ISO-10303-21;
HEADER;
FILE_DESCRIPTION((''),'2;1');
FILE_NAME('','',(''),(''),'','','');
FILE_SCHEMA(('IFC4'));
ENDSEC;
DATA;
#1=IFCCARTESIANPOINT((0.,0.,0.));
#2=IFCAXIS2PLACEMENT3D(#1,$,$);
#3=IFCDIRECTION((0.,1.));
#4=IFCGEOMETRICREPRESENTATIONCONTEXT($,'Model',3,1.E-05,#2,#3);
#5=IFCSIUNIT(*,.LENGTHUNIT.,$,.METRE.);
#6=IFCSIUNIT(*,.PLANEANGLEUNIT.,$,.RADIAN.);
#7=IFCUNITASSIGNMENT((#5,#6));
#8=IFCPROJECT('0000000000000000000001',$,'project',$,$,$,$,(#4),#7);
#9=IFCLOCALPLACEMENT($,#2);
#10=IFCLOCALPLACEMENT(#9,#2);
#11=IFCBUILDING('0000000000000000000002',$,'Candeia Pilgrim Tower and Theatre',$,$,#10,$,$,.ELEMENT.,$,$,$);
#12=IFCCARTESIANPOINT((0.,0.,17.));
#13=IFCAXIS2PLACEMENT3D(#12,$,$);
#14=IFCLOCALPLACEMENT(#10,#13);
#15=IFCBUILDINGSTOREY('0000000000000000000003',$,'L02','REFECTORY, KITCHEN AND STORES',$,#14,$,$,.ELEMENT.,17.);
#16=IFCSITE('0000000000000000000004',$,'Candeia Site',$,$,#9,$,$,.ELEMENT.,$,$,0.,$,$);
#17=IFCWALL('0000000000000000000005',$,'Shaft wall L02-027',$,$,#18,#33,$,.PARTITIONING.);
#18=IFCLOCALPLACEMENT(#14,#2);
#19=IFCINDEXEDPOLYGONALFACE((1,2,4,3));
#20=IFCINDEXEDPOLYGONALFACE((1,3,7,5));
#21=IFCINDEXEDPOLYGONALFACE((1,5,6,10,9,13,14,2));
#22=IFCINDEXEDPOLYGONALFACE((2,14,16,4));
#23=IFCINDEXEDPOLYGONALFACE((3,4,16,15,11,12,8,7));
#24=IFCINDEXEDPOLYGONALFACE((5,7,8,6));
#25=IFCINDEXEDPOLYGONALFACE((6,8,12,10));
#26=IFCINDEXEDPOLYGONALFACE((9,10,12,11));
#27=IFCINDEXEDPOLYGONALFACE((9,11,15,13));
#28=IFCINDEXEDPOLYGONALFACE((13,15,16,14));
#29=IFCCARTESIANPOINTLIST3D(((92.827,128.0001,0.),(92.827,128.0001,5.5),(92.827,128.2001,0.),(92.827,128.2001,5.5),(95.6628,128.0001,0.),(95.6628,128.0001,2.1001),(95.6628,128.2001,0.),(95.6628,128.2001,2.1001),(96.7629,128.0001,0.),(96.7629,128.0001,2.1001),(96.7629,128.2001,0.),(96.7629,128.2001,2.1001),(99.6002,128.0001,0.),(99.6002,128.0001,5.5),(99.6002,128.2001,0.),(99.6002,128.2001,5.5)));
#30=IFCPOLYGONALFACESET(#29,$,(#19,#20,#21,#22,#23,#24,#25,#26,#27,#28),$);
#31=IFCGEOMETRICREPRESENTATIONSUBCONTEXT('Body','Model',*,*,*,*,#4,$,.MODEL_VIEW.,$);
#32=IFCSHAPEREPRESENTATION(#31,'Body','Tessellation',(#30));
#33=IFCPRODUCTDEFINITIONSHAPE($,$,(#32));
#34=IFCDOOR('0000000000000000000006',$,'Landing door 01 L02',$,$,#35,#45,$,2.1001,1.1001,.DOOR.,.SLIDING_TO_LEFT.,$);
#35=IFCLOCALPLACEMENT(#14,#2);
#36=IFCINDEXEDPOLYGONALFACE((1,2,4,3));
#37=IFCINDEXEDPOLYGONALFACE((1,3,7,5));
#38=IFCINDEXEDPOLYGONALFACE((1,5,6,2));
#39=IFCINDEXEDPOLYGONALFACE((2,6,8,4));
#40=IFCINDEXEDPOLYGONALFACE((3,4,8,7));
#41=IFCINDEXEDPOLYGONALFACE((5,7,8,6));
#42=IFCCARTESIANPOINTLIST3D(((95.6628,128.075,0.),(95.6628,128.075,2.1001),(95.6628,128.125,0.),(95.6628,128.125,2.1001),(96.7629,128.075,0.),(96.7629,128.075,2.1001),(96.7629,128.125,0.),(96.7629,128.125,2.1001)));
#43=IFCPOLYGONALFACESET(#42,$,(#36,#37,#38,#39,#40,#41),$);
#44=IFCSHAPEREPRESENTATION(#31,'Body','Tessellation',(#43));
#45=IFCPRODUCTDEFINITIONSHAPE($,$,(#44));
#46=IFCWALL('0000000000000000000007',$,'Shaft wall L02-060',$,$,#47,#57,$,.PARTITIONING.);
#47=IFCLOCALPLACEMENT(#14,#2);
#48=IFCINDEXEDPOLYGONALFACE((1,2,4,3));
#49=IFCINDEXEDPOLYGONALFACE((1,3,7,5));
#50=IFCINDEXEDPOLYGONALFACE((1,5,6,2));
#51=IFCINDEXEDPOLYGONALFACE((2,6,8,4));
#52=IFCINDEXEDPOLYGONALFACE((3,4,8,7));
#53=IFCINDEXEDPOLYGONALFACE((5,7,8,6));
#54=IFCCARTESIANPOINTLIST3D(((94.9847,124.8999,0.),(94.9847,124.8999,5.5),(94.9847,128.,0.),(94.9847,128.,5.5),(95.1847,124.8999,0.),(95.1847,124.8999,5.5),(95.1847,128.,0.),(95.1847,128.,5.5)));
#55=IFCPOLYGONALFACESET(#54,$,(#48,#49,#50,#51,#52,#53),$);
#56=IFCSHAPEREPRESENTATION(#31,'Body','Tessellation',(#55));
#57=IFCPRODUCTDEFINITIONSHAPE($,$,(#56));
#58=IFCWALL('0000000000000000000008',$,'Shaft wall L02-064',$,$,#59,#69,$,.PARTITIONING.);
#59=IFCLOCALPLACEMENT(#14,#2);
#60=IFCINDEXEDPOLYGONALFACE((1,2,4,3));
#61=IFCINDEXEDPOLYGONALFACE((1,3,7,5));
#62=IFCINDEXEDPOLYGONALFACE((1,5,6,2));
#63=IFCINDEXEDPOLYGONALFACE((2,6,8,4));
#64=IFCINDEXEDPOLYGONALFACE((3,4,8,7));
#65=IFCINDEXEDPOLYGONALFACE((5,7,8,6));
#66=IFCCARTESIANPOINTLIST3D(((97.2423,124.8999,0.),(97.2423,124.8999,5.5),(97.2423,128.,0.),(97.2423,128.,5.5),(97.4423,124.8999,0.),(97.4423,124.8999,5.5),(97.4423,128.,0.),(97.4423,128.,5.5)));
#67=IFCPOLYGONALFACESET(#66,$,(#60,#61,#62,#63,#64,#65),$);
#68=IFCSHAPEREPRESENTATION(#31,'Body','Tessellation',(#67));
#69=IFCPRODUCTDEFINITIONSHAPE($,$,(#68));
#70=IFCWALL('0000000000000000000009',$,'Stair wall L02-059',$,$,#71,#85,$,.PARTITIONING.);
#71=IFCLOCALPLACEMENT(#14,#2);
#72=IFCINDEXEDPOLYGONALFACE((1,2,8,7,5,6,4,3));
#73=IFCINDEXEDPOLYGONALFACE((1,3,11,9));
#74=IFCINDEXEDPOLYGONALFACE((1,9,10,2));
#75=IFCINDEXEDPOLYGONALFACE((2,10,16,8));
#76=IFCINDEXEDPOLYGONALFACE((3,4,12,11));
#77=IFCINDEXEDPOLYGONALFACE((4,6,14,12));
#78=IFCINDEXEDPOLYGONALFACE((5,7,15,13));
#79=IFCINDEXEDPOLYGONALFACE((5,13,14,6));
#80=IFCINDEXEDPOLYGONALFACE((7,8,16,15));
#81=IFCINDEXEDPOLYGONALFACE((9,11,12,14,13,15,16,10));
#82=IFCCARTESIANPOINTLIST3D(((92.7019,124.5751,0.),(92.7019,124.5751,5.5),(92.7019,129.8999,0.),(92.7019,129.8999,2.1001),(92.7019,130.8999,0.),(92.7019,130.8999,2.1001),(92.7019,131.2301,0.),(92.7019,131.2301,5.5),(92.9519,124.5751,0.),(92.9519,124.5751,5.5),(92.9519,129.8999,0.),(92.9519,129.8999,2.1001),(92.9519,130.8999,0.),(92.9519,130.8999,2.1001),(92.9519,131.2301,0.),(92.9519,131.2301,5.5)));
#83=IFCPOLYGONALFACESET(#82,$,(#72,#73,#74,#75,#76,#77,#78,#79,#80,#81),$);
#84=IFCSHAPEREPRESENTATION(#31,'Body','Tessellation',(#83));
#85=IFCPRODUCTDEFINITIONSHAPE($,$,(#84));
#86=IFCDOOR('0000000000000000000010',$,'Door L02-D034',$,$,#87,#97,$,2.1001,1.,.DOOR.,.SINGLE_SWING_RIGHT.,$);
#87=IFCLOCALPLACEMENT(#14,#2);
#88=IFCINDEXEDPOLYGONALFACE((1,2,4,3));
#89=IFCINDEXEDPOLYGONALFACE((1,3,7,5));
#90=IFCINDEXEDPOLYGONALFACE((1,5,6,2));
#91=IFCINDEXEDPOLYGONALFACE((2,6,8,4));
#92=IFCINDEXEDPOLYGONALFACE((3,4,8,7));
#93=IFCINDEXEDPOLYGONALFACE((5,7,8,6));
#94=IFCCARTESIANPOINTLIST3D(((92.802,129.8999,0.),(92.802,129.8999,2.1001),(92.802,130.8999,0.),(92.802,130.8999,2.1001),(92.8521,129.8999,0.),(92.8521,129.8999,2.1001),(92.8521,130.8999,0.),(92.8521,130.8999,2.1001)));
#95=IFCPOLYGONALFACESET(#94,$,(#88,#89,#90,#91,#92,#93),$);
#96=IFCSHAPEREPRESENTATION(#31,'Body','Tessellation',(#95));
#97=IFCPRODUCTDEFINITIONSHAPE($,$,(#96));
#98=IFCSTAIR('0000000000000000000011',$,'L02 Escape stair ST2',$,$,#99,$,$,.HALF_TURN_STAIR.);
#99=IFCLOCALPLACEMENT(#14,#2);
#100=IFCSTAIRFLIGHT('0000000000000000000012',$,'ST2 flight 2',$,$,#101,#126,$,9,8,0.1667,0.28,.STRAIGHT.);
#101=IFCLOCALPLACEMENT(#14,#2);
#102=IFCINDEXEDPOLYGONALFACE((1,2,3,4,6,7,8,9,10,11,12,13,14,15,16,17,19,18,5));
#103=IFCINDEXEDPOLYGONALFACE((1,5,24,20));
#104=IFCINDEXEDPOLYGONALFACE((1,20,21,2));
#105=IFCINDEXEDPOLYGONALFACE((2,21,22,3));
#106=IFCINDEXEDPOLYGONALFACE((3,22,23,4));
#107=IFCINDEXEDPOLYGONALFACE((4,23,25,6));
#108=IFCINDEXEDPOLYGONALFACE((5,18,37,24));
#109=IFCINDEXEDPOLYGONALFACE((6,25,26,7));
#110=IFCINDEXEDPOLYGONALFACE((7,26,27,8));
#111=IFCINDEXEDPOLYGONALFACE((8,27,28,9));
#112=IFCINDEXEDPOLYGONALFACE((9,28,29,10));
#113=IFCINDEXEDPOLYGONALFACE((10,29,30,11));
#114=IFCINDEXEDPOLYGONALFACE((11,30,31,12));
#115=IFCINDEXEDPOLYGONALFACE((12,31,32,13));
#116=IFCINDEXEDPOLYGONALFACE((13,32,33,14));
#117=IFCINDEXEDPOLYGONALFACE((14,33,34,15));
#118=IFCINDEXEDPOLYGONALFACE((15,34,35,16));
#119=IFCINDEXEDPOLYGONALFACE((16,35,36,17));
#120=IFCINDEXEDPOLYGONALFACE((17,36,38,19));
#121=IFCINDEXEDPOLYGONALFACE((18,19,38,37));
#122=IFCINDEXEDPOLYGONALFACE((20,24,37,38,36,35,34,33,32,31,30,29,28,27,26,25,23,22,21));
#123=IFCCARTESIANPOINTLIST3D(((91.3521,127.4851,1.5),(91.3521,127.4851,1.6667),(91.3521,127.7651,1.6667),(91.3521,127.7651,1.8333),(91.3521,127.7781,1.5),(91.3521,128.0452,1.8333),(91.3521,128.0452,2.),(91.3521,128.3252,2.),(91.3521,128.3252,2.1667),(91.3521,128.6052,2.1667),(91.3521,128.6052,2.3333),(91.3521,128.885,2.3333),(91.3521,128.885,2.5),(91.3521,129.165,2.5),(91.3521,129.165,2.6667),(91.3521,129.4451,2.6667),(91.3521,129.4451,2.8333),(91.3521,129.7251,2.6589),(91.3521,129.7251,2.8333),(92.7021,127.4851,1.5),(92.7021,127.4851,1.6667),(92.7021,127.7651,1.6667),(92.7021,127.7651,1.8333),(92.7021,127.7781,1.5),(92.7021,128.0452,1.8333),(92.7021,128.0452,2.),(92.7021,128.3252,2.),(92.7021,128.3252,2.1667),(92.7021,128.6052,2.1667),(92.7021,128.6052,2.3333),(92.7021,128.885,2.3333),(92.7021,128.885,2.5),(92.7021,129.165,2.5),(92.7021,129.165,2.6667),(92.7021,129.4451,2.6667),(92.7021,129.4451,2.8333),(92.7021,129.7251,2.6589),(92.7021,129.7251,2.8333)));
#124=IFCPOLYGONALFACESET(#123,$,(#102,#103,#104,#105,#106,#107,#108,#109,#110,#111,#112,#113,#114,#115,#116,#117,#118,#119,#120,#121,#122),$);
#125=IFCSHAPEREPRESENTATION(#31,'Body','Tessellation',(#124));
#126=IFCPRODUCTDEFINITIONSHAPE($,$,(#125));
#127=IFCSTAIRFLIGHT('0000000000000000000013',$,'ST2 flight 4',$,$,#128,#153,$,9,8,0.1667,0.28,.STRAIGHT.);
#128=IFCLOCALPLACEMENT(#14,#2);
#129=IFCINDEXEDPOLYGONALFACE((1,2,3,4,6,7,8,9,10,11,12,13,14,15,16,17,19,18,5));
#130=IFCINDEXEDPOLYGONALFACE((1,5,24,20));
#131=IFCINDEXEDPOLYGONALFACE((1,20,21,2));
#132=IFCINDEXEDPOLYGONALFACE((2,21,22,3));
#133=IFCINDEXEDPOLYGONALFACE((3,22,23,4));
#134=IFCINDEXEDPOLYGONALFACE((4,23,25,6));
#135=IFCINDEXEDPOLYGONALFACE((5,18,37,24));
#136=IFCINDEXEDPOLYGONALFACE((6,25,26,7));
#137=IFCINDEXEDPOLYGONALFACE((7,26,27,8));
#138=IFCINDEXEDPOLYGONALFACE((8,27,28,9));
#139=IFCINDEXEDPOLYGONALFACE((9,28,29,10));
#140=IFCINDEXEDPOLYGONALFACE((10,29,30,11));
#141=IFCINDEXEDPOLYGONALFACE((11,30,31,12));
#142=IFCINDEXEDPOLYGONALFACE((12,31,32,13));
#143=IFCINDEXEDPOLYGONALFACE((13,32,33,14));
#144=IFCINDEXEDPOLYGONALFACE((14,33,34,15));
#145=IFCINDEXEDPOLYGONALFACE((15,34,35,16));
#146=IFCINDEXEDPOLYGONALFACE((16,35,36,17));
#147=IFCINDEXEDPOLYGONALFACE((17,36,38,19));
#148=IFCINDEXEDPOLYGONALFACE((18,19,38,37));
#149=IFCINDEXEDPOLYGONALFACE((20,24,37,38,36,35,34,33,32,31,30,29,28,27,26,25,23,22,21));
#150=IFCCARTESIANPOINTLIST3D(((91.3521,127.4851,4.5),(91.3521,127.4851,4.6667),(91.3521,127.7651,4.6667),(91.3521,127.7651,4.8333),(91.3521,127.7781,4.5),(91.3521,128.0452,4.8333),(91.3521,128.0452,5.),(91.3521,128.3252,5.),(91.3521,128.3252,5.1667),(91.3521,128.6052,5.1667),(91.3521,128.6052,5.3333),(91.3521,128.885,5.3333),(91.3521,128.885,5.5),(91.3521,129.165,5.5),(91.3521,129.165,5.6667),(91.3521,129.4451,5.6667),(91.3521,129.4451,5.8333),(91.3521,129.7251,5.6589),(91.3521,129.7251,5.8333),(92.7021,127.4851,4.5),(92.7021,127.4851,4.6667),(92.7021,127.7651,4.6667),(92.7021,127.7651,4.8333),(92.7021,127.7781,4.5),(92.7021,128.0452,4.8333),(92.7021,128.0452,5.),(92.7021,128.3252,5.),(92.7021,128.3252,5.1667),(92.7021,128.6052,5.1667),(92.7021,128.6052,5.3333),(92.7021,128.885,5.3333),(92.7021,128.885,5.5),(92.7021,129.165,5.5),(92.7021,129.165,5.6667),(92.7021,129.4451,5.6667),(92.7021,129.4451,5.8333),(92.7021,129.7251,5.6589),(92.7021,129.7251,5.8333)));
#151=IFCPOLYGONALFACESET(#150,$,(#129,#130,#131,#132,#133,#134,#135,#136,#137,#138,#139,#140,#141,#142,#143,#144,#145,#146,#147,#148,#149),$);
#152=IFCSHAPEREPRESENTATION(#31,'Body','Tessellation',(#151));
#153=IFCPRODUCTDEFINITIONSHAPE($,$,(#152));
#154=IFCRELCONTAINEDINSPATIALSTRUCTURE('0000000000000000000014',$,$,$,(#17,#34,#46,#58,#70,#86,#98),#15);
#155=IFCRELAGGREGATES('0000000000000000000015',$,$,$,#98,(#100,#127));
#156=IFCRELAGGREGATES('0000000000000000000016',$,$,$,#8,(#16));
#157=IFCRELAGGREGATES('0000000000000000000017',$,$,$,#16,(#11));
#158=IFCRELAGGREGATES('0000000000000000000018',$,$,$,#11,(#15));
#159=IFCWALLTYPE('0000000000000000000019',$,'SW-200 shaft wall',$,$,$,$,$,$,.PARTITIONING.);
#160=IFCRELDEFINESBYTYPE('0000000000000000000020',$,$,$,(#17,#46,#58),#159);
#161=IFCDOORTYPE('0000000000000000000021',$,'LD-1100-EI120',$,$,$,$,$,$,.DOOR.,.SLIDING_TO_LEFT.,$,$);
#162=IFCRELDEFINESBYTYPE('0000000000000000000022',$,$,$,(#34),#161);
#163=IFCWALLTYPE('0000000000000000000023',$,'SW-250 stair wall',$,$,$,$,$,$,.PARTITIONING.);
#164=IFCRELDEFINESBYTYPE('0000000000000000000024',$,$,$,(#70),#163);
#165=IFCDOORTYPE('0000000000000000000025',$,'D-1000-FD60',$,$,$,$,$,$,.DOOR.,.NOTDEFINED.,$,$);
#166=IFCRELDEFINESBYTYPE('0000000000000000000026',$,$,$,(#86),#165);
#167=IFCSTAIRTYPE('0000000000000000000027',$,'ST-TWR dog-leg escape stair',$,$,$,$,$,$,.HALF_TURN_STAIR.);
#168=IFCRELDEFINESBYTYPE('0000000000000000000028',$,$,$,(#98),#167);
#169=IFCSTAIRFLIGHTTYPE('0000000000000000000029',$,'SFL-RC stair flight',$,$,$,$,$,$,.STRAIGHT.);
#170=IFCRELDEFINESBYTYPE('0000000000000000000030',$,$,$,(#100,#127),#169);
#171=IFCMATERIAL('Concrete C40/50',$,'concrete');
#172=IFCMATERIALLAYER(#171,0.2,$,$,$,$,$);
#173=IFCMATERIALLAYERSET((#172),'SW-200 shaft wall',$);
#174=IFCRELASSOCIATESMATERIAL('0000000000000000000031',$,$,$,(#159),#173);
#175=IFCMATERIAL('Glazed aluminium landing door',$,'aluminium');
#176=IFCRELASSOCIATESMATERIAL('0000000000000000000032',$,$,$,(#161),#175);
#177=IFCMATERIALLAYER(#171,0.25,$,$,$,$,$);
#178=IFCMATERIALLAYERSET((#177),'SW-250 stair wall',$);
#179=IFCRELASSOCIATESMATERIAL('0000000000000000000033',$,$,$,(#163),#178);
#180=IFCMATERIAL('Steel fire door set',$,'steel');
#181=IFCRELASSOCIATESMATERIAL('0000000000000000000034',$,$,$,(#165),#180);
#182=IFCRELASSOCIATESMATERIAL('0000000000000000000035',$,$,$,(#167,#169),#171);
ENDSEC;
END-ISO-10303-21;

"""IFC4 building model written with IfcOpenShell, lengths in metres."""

from ifc_helpers import new_model, si_unit, direction, frame, frame_2d, origin, place, context, subcontext, project, spatial, polyline, rectangle, outline, extrude, material, layer, layer_set, type_object, element, fill, aggregate, save


model = new_model("IFC4")

# Units and contexts
model_context = context("Model", 3, precision=1e-05, world=origin(), true_north=direction((0.0, 1.0)))
body_context = subcontext(model_context, "Body", "Model", "MODEL_VIEW")
ifc_project = project(units=[si_unit("LENGTHUNIT", "METRE"), si_unit("PLANEANGLEUNIT", "RADIAN")], contexts=[model_context])

# Site, building, storey
site_placement = place(None, origin())
site = spatial("IfcSite", under=ifc_project, at=site_placement, Name="Candeia Site", CompositionType="ELEMENT", RefElevation=0.0)
building_placement = place(site_placement, origin())
building = spatial("IfcBuilding", under=site, at=building_placement, Name="Candeia Pilgrim Tower and Theatre", CompositionType="ELEMENT")
storey_placement = place(building_placement, frame((0.0, 0.0, 17.0)))
storey = spatial("IfcBuildingStorey", under=building, at=storey_placement, Name="L02", Description="REFECTORY, KITCHEN AND STORES", CompositionType="ELEMENT", Elevation=17.0)

# Shared definitions
ifc_material_1 = material(Name="Steel fire door set", Category="steel")

# Wall, opening, door
ifc_material_2 = material(Name="Concrete C40/50", Category="concrete")
ifc_layer_1 = layer(ifc_material_2, 0.2)
ifc_layer_set_1 = layer_set([ifc_layer_1], Name="SW-200 shaft wall")
wall_type_1 = type_object("IfcWallType", Name="SW-200 shaft wall", PredefinedType="PARTITIONING", material=ifc_layer_set_1)
ifc_material_3 = material(Name="Glazed aluminium landing door", Category="aluminium")
door_type_1 = type_object("IfcDoorType", Name="LD-1100-EI120", OperationType="SLIDING_TO_LEFT", PredefinedType="DOOR", material=ifc_material_3)
wall_1_placement = place(storey_placement, frame((92.8269, 128.1001, 0.0), z_axis=(0.0, 0.0, 1.0), x_axis=(1.0, 0.0, 0.0)))
wall_1 = element("IfcWall", 1, at=wall_1_placement, inside=storey, type_object=wall_type_1, Name="Shaft wall L02-027", PredefinedType="PARTITIONING", context=body_context, shape_type="SweptSolid", body=[
    extrude(rectangle(XDim=6.7732, YDim=0.2, at=frame_2d((3.3867, 0.0))), origin(), (0.0, 0.0, 1.0), 5.5),
])
opening_1_placement = place(wall_1_placement, frame((2.8359, 0.0, 0.0)))
opening_1 = element("IfcOpeningElement", 2, at=opening_1_placement, cuts=wall_1, PredefinedType="OPENING", context=body_context, shape_type="SweptSolid", body=[
    extrude(rectangle(XDim=1.1001, YDim=2.1001, at=frame_2d((0.55, 1.05))), frame((0.0, 0.1099, 0.0), z_axis=(0.0, -1.0, 0.0), x_axis=(1.0, 0.0, 0.0)), (0.0, 0.0, 1.0), 0.22),
])
door_1_placement = place(opening_1_placement, origin())
door_1 = element("IfcDoor", 3, at=door_1_placement, inside=storey, type_object=door_type_1, Name="Landing door 01 L02", OperationType="SLIDING_TO_LEFT", OverallHeight=2.1001, OverallWidth=1.1001, PredefinedType="DOOR", context=body_context, shape_type="SweptSolid", body=[
    extrude(rectangle(XDim=1.1001, YDim=2.1001, at=frame_2d((0.55, 1.05))), frame((0.0, 0.0249, 0.0), z_axis=(0.0, -1.0, 0.0), x_axis=(1.0, 0.0, 0.0)), (0.0, 0.0, 1.0), 0.05),
])
fill(opening_1, door_1)

# Walls
for number, where, z_axis, x_axis, name in (
    (4, (95.0847, 124.8999, 0.0), (0.0, 0.0, 1.0), (0.0, 1.0, 0.0), "Shaft wall L02-060"),
    (5, (97.3423, 124.8999, 0.0), (0.0, 0.0, 1.0), (0.0, 1.0, 0.0), "Shaft wall L02-064"),
):
    element("IfcWall", number, at=place(storey_placement, frame(where, z_axis=z_axis, x_axis=x_axis)), inside=storey, type_object=wall_type_1, Name=name, PredefinedType="PARTITIONING", context=body_context, shape_type="SweptSolid", body=[
        extrude(rectangle(XDim=3.1001, YDim=0.2, at=frame_2d((1.55, 0.0))), origin(), (0.0, 0.0, 1.0), 5.5),
    ])

# Wall, opening, door
ifc_layer_2 = layer(ifc_material_2, 0.25)
ifc_layer_set_2 = layer_set([ifc_layer_2], Name="SW-250 stair wall")
wall_type_2 = type_object("IfcWallType", Name="SW-250 stair wall", PredefinedType="PARTITIONING", material=ifc_layer_set_2)
wall_2_placement = place(storey_placement, frame((92.8269, 124.575, 0.0), z_axis=(0.0, 0.0, 1.0), x_axis=(0.0, 1.0, 0.0)))
wall_2 = element("IfcWall", 6, at=wall_2_placement, inside=storey, type_object=wall_type_2, Name="Stair wall L02-059", PredefinedType="PARTITIONING", context=body_context, shape_type="SweptSolid", body=[
    extrude(rectangle(XDim=6.655, YDim=0.25, at=frame_2d((3.3276, 0.0))), origin(), (0.0, 0.0, 1.0), 5.5),
])
opening_2_placement = place(wall_2_placement, frame((5.325, 0.0, 0.0)))
opening_2 = element("IfcOpeningElement", 7, at=opening_2_placement, cuts=wall_2, PredefinedType="OPENING", context=body_context, shape_type="SweptSolid", body=[
    extrude(rectangle(XDim=1.0, YDim=2.1001, at=frame_2d((0.5, 1.05))), frame((0.0, 0.135, 0.0), z_axis=(0.0, -1.0, 0.0), x_axis=(1.0, 0.0, 0.0)), (0.0, 0.0, 1.0), 0.27),
])
door_type_2 = type_object("IfcDoorType", Name="D-1000-FD60", OperationType="NOTDEFINED", PredefinedType="DOOR", material=ifc_material_1)
door_2_placement = place(opening_2_placement, origin())
door_2 = element("IfcDoor", 8, at=door_2_placement, inside=storey, type_object=door_type_2, Name="Door L02-D034", OperationType="SINGLE_SWING_RIGHT", OverallHeight=2.1001, OverallWidth=1.0, PredefinedType="DOOR", context=body_context, shape_type="SweptSolid", body=[
    extrude(rectangle(XDim=1.0, YDim=2.1001, at=frame_2d((0.5, 1.05))), frame((0.0, 0.0249, 0.0), z_axis=(0.0, -1.0, 0.0), x_axis=(1.0, 0.0, 0.0)), (0.0, 0.0, 1.0), 0.05),
])
fill(opening_2, door_2)

# Stair, stair flights
stair_type = type_object("IfcStairType", Name="ST-TWR dog-leg escape stair", PredefinedType="HALF_TURN_STAIR", material=ifc_material_2)
stair_placement = place(storey_placement, origin())
stair = element("IfcStair", 9, at=stair_placement, inside=storey, type_object=stair_type, Name="L02 Escape stair ST2", PredefinedType="HALF_TURN_STAIR")
stair_flight_type = type_object("IfcStairFlightType", Name="SFL-RC stair flight", PredefinedType="STRAIGHT", material=ifc_material_2)
stair_flight_1_placement = place(storey_placement, frame((92.0271, 127.4851, 1.5), z_axis=(0.0, 0.0, 1.0), x_axis=(0.0, 1.0, 0.0)))
stair_flight_1 = element("IfcStairFlight", 10, at=stair_flight_1_placement, type_object=stair_flight_type, Name="ST2 flight 2", NumberOfRisers=9, NumberOfTreads=8, PredefinedType="STRAIGHT", RiserHeight=0.1667, TreadLength=0.28, context=body_context, shape_type="SweptSolid", body=[
    extrude(outline(polyline([(0.0, 0.0), (0.0, 0.1667), (0.28, 0.1667), (0.28, 0.3333), (0.5601, 0.3333), (0.5601, 0.5), (0.8401, 0.5), (0.8401, 0.6667), (1.1201, 0.6667), (1.1201, 0.8333), (1.3999, 0.8333), (1.3999, 1.0), (1.6799, 1.0), (1.6799, 1.1667), (1.96, 1.1667), (1.96, 1.3333), (2.24, 1.3333), (2.24, 1.5), (2.24, 1.1589), (0.293, 0.0), (0.0, 0.0)])), frame((0.0, 0.675, 0.0), z_axis=(0.0, -1.0, 0.0), x_axis=(1.0, 0.0, 0.0)), (0.0, 0.0, 1.0), 1.3501),
])
stair_flight_2_placement = place(storey_placement, frame((92.0271, 127.4851, 4.5), z_axis=(0.0, 0.0, 1.0), x_axis=(0.0, 1.0, 0.0)))
stair_flight_2 = element("IfcStairFlight", 11, at=stair_flight_2_placement, type_object=stair_flight_type, Name="ST2 flight 4", NumberOfRisers=9, NumberOfTreads=8, PredefinedType="STRAIGHT", RiserHeight=0.1667, TreadLength=0.28, context=body_context, shape_type="SweptSolid", body=[
    extrude(outline(polyline([(0.0, 0.0), (0.0, 0.1667), (0.28, 0.1667), (0.28, 0.3333), (0.5601, 0.3333), (0.5601, 0.5), (0.8401, 0.5), (0.8401, 0.6667), (1.1201, 0.6667), (1.1201, 0.8333), (1.3999, 0.8333), (1.3999, 1.0), (1.6799, 1.0), (1.6799, 1.1667), (1.96, 1.1667), (1.96, 1.3333), (2.24, 1.3333), (2.24, 1.5), (2.24, 1.1589), (0.293, 0.0), (0.0, 0.0)])), frame((0.0, 0.675, 0.0), z_axis=(0.0, -1.0, 0.0), x_axis=(1.0, 0.0, 0.0)), (0.0, 0.0, 1.0), 1.3501),
])
aggregate(stair, [stair_flight_1, stair_flight_2])

save(model, "model.ifc")
